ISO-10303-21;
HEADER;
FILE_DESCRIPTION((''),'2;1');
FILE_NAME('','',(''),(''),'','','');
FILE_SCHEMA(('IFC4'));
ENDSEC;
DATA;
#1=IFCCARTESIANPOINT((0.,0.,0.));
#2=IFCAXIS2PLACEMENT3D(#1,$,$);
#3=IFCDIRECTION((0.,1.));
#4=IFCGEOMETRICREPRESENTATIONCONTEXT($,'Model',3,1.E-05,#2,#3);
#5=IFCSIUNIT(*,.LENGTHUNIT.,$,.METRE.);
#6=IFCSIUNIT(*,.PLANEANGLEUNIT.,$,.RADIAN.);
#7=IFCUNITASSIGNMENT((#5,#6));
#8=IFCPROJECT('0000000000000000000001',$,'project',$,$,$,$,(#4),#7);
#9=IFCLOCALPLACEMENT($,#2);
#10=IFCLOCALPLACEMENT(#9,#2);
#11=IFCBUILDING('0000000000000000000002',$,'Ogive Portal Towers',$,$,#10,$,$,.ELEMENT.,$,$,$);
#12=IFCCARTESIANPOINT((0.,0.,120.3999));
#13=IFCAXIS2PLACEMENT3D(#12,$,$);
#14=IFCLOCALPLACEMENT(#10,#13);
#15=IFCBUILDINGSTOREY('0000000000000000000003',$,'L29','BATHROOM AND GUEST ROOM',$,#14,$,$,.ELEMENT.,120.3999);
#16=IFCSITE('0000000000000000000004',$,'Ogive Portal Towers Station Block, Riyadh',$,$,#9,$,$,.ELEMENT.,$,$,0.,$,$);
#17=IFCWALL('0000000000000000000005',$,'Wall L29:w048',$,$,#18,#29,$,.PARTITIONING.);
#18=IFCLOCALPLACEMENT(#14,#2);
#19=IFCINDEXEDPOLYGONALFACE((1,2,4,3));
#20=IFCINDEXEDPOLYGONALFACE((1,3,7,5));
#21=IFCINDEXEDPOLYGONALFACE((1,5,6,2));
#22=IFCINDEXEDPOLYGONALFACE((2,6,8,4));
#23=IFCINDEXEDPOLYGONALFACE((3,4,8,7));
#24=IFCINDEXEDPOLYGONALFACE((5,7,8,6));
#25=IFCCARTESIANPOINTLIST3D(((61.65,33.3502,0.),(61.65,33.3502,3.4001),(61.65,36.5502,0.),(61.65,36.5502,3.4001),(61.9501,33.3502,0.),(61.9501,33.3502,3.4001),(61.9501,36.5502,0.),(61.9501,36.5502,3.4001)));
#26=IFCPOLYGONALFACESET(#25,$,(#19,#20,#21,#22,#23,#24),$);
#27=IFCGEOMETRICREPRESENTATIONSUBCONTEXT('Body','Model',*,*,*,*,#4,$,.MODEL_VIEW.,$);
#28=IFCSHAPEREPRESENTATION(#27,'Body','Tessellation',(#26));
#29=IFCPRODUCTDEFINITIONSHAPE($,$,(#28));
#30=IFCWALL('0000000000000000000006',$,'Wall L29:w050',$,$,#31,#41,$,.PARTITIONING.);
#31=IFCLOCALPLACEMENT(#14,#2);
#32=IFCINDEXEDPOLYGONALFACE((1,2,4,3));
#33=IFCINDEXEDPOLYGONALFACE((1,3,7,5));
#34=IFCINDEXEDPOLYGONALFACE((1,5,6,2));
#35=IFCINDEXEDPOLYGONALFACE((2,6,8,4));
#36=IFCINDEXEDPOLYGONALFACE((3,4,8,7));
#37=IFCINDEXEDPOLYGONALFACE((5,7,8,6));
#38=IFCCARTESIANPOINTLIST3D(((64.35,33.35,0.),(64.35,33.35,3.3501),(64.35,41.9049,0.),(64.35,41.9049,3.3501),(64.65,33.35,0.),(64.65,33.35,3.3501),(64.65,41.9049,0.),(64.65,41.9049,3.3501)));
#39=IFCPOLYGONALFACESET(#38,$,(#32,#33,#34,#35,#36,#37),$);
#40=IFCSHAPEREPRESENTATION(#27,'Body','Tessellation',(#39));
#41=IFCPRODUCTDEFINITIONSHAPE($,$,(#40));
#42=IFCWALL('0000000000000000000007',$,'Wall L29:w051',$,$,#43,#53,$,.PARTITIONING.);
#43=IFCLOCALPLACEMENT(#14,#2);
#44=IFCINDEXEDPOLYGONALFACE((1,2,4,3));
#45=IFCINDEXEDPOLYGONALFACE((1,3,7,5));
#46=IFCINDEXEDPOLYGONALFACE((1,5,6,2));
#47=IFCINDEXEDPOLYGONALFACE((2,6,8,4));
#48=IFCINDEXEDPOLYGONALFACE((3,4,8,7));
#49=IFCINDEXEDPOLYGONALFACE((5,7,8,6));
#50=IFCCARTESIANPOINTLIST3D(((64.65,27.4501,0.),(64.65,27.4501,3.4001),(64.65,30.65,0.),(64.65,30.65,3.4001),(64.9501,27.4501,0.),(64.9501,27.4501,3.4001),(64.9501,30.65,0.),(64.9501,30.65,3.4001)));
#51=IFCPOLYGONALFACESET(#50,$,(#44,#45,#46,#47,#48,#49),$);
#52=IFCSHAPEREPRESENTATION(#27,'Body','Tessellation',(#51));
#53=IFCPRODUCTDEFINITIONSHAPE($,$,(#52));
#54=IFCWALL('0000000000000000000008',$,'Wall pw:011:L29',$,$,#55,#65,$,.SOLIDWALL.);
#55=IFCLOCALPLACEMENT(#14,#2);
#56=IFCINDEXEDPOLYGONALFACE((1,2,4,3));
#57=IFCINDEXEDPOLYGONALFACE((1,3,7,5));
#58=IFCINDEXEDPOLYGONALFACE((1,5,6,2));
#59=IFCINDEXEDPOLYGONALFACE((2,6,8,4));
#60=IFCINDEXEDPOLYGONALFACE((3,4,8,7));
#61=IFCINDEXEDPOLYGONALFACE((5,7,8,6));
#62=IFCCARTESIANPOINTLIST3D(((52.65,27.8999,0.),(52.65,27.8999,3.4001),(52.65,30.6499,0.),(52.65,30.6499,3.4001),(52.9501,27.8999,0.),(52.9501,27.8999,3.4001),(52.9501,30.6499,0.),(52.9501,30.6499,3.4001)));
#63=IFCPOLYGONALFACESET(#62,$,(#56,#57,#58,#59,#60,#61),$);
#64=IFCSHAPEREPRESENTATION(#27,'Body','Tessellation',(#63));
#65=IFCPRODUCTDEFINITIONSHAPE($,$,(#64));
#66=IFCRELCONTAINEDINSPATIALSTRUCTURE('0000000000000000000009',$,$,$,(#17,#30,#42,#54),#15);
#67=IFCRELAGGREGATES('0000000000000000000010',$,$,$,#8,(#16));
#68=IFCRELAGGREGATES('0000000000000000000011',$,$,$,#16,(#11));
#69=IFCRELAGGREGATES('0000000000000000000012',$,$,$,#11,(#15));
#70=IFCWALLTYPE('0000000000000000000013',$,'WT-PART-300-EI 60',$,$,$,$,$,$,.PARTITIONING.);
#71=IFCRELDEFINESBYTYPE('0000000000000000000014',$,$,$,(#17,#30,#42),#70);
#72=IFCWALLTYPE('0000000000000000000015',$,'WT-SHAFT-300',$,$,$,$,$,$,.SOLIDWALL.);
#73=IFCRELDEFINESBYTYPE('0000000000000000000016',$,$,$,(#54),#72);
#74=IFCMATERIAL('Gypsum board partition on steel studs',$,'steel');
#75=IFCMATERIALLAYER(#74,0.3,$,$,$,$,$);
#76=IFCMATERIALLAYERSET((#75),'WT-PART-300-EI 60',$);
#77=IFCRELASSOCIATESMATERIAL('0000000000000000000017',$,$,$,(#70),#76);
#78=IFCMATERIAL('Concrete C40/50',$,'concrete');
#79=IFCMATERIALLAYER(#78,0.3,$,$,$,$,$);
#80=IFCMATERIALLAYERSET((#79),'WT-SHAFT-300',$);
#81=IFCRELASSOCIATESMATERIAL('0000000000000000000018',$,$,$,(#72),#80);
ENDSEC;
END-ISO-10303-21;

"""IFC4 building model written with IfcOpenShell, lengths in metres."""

from ifc_helpers import new_model, si_unit, direction, frame, frame_2d, origin, place, context, subcontext, project, spatial, rectangle, extrude, material, layer, layer_set, type_object, element, save


model = new_model("IFC4")

# Units and contexts
model_context = context("Model", 3, precision=1e-05, world=origin(), true_north=direction((0.0, 1.0)))
body_context = subcontext(model_context, "Body", "Model", "MODEL_VIEW")
ifc_project = project(units=[si_unit("LENGTHUNIT", "METRE"), si_unit("PLANEANGLEUNIT", "RADIAN")], contexts=[model_context])

# Site, building, storey
site_placement = place(None, origin())
site = spatial("IfcSite", under=ifc_project, at=site_placement, Name="Ogive Portal Towers Station Block, Riyadh", CompositionType="ELEMENT", RefElevation=0.0)
building_placement = place(site_placement, origin())
building = spatial("IfcBuilding", under=site, at=building_placement, Name="Ogive Portal Towers", CompositionType="ELEMENT")
storey_placement = place(building_placement, frame((0.0, 0.0, 120.3999)))
storey = spatial("IfcBuildingStorey", under=building, at=storey_placement, Name="L29", Description="BATHROOM AND GUEST ROOM", CompositionType="ELEMENT", Elevation=120.3999)

# Shared definitions
ifc_material_1 = material(Name="Gypsum board partition on steel studs", Category="steel")

# Shared definitions
ifc_layer_1 = layer(ifc_material_1, 0.3)
ifc_layer_set_1 = layer_set([ifc_layer_1], Name="WT-PART-300-EI 60")
wall_type_1 = type_object("IfcWallType", Name="WT-PART-300-EI 60", PredefinedType="PARTITIONING", material=ifc_layer_set_1)

# Walls
wall_1_placement = place(storey_placement, frame((61.8, 33.3501, 0.0), z_axis=(0.0, 0.0, 1.0), x_axis=(0.0, 1.0, 0.0)))
element("IfcWall", 1, at=wall_1_placement, inside=storey, type_object=wall_type_1, Name="Wall L29:w048", PredefinedType="PARTITIONING", context=body_context, shape_type="SweptSolid", body=[
    extrude(rectangle(XDim=3.2, YDim=0.3, at=frame_2d((1.6001, 0.0))), origin(), (0.0, 0.0, 1.0), 3.4001),
])
wall_2_placement = place(storey_placement, frame((64.5, 33.3501, 0.0), z_axis=(0.0, 0.0, 1.0), x_axis=(0.0, 1.0, 0.0)))
element("IfcWall", 2, at=wall_2_placement, inside=storey, type_object=wall_type_1, Name="Wall L29:w050", PredefinedType="PARTITIONING", context=body_context, shape_type="SweptSolid", body=[
    extrude(rectangle(XDim=8.5549, YDim=0.3, at=frame_2d((4.2773, 0.0))), origin(), (0.0, 0.0, 1.0), 3.3501),
])
wall_3_placement = place(storey_placement, frame((64.8, 27.45, 0.0), z_axis=(0.0, 0.0, 1.0), x_axis=(0.0, 1.0, 0.0)))
element("IfcWall", 3, at=wall_3_placement, inside=storey, type_object=wall_type_1, Name="Wall L29:w051", PredefinedType="PARTITIONING", context=body_context, shape_type="SweptSolid", body=[
    extrude(rectangle(XDim=3.2, YDim=0.3, at=frame_2d((1.6001, 0.0))), origin(), (0.0, 0.0, 1.0), 3.4001),
])
ifc_material_2 = material(Name="Concrete C40/50", Category="concrete")
ifc_layer_2 = layer(ifc_material_2, 0.3)
ifc_layer_set_2 = layer_set([ifc_layer_2], Name="WT-SHAFT-300")
wall_type_2 = type_object("IfcWallType", Name="WT-SHAFT-300", PredefinedType="SOLIDWALL", material=ifc_layer_set_2)
wall_4_placement = place(storey_placement, frame((52.8, 27.8999, 0.0), z_axis=(0.0, 0.0, 1.0), x_axis=(0.0, 1.0, 0.0)))
element("IfcWall", 4, at=wall_4_placement, inside=storey, type_object=wall_type_2, Name="Wall pw:011:L29", PredefinedType="SOLIDWALL", context=body_context, shape_type="SweptSolid", body=[
    extrude(rectangle(XDim=2.75, YDim=0.3, at=frame_2d((1.375, 0.0))), origin(), (0.0, 0.0, 1.0), 3.4001),
])

save(model, "model.ifc")
